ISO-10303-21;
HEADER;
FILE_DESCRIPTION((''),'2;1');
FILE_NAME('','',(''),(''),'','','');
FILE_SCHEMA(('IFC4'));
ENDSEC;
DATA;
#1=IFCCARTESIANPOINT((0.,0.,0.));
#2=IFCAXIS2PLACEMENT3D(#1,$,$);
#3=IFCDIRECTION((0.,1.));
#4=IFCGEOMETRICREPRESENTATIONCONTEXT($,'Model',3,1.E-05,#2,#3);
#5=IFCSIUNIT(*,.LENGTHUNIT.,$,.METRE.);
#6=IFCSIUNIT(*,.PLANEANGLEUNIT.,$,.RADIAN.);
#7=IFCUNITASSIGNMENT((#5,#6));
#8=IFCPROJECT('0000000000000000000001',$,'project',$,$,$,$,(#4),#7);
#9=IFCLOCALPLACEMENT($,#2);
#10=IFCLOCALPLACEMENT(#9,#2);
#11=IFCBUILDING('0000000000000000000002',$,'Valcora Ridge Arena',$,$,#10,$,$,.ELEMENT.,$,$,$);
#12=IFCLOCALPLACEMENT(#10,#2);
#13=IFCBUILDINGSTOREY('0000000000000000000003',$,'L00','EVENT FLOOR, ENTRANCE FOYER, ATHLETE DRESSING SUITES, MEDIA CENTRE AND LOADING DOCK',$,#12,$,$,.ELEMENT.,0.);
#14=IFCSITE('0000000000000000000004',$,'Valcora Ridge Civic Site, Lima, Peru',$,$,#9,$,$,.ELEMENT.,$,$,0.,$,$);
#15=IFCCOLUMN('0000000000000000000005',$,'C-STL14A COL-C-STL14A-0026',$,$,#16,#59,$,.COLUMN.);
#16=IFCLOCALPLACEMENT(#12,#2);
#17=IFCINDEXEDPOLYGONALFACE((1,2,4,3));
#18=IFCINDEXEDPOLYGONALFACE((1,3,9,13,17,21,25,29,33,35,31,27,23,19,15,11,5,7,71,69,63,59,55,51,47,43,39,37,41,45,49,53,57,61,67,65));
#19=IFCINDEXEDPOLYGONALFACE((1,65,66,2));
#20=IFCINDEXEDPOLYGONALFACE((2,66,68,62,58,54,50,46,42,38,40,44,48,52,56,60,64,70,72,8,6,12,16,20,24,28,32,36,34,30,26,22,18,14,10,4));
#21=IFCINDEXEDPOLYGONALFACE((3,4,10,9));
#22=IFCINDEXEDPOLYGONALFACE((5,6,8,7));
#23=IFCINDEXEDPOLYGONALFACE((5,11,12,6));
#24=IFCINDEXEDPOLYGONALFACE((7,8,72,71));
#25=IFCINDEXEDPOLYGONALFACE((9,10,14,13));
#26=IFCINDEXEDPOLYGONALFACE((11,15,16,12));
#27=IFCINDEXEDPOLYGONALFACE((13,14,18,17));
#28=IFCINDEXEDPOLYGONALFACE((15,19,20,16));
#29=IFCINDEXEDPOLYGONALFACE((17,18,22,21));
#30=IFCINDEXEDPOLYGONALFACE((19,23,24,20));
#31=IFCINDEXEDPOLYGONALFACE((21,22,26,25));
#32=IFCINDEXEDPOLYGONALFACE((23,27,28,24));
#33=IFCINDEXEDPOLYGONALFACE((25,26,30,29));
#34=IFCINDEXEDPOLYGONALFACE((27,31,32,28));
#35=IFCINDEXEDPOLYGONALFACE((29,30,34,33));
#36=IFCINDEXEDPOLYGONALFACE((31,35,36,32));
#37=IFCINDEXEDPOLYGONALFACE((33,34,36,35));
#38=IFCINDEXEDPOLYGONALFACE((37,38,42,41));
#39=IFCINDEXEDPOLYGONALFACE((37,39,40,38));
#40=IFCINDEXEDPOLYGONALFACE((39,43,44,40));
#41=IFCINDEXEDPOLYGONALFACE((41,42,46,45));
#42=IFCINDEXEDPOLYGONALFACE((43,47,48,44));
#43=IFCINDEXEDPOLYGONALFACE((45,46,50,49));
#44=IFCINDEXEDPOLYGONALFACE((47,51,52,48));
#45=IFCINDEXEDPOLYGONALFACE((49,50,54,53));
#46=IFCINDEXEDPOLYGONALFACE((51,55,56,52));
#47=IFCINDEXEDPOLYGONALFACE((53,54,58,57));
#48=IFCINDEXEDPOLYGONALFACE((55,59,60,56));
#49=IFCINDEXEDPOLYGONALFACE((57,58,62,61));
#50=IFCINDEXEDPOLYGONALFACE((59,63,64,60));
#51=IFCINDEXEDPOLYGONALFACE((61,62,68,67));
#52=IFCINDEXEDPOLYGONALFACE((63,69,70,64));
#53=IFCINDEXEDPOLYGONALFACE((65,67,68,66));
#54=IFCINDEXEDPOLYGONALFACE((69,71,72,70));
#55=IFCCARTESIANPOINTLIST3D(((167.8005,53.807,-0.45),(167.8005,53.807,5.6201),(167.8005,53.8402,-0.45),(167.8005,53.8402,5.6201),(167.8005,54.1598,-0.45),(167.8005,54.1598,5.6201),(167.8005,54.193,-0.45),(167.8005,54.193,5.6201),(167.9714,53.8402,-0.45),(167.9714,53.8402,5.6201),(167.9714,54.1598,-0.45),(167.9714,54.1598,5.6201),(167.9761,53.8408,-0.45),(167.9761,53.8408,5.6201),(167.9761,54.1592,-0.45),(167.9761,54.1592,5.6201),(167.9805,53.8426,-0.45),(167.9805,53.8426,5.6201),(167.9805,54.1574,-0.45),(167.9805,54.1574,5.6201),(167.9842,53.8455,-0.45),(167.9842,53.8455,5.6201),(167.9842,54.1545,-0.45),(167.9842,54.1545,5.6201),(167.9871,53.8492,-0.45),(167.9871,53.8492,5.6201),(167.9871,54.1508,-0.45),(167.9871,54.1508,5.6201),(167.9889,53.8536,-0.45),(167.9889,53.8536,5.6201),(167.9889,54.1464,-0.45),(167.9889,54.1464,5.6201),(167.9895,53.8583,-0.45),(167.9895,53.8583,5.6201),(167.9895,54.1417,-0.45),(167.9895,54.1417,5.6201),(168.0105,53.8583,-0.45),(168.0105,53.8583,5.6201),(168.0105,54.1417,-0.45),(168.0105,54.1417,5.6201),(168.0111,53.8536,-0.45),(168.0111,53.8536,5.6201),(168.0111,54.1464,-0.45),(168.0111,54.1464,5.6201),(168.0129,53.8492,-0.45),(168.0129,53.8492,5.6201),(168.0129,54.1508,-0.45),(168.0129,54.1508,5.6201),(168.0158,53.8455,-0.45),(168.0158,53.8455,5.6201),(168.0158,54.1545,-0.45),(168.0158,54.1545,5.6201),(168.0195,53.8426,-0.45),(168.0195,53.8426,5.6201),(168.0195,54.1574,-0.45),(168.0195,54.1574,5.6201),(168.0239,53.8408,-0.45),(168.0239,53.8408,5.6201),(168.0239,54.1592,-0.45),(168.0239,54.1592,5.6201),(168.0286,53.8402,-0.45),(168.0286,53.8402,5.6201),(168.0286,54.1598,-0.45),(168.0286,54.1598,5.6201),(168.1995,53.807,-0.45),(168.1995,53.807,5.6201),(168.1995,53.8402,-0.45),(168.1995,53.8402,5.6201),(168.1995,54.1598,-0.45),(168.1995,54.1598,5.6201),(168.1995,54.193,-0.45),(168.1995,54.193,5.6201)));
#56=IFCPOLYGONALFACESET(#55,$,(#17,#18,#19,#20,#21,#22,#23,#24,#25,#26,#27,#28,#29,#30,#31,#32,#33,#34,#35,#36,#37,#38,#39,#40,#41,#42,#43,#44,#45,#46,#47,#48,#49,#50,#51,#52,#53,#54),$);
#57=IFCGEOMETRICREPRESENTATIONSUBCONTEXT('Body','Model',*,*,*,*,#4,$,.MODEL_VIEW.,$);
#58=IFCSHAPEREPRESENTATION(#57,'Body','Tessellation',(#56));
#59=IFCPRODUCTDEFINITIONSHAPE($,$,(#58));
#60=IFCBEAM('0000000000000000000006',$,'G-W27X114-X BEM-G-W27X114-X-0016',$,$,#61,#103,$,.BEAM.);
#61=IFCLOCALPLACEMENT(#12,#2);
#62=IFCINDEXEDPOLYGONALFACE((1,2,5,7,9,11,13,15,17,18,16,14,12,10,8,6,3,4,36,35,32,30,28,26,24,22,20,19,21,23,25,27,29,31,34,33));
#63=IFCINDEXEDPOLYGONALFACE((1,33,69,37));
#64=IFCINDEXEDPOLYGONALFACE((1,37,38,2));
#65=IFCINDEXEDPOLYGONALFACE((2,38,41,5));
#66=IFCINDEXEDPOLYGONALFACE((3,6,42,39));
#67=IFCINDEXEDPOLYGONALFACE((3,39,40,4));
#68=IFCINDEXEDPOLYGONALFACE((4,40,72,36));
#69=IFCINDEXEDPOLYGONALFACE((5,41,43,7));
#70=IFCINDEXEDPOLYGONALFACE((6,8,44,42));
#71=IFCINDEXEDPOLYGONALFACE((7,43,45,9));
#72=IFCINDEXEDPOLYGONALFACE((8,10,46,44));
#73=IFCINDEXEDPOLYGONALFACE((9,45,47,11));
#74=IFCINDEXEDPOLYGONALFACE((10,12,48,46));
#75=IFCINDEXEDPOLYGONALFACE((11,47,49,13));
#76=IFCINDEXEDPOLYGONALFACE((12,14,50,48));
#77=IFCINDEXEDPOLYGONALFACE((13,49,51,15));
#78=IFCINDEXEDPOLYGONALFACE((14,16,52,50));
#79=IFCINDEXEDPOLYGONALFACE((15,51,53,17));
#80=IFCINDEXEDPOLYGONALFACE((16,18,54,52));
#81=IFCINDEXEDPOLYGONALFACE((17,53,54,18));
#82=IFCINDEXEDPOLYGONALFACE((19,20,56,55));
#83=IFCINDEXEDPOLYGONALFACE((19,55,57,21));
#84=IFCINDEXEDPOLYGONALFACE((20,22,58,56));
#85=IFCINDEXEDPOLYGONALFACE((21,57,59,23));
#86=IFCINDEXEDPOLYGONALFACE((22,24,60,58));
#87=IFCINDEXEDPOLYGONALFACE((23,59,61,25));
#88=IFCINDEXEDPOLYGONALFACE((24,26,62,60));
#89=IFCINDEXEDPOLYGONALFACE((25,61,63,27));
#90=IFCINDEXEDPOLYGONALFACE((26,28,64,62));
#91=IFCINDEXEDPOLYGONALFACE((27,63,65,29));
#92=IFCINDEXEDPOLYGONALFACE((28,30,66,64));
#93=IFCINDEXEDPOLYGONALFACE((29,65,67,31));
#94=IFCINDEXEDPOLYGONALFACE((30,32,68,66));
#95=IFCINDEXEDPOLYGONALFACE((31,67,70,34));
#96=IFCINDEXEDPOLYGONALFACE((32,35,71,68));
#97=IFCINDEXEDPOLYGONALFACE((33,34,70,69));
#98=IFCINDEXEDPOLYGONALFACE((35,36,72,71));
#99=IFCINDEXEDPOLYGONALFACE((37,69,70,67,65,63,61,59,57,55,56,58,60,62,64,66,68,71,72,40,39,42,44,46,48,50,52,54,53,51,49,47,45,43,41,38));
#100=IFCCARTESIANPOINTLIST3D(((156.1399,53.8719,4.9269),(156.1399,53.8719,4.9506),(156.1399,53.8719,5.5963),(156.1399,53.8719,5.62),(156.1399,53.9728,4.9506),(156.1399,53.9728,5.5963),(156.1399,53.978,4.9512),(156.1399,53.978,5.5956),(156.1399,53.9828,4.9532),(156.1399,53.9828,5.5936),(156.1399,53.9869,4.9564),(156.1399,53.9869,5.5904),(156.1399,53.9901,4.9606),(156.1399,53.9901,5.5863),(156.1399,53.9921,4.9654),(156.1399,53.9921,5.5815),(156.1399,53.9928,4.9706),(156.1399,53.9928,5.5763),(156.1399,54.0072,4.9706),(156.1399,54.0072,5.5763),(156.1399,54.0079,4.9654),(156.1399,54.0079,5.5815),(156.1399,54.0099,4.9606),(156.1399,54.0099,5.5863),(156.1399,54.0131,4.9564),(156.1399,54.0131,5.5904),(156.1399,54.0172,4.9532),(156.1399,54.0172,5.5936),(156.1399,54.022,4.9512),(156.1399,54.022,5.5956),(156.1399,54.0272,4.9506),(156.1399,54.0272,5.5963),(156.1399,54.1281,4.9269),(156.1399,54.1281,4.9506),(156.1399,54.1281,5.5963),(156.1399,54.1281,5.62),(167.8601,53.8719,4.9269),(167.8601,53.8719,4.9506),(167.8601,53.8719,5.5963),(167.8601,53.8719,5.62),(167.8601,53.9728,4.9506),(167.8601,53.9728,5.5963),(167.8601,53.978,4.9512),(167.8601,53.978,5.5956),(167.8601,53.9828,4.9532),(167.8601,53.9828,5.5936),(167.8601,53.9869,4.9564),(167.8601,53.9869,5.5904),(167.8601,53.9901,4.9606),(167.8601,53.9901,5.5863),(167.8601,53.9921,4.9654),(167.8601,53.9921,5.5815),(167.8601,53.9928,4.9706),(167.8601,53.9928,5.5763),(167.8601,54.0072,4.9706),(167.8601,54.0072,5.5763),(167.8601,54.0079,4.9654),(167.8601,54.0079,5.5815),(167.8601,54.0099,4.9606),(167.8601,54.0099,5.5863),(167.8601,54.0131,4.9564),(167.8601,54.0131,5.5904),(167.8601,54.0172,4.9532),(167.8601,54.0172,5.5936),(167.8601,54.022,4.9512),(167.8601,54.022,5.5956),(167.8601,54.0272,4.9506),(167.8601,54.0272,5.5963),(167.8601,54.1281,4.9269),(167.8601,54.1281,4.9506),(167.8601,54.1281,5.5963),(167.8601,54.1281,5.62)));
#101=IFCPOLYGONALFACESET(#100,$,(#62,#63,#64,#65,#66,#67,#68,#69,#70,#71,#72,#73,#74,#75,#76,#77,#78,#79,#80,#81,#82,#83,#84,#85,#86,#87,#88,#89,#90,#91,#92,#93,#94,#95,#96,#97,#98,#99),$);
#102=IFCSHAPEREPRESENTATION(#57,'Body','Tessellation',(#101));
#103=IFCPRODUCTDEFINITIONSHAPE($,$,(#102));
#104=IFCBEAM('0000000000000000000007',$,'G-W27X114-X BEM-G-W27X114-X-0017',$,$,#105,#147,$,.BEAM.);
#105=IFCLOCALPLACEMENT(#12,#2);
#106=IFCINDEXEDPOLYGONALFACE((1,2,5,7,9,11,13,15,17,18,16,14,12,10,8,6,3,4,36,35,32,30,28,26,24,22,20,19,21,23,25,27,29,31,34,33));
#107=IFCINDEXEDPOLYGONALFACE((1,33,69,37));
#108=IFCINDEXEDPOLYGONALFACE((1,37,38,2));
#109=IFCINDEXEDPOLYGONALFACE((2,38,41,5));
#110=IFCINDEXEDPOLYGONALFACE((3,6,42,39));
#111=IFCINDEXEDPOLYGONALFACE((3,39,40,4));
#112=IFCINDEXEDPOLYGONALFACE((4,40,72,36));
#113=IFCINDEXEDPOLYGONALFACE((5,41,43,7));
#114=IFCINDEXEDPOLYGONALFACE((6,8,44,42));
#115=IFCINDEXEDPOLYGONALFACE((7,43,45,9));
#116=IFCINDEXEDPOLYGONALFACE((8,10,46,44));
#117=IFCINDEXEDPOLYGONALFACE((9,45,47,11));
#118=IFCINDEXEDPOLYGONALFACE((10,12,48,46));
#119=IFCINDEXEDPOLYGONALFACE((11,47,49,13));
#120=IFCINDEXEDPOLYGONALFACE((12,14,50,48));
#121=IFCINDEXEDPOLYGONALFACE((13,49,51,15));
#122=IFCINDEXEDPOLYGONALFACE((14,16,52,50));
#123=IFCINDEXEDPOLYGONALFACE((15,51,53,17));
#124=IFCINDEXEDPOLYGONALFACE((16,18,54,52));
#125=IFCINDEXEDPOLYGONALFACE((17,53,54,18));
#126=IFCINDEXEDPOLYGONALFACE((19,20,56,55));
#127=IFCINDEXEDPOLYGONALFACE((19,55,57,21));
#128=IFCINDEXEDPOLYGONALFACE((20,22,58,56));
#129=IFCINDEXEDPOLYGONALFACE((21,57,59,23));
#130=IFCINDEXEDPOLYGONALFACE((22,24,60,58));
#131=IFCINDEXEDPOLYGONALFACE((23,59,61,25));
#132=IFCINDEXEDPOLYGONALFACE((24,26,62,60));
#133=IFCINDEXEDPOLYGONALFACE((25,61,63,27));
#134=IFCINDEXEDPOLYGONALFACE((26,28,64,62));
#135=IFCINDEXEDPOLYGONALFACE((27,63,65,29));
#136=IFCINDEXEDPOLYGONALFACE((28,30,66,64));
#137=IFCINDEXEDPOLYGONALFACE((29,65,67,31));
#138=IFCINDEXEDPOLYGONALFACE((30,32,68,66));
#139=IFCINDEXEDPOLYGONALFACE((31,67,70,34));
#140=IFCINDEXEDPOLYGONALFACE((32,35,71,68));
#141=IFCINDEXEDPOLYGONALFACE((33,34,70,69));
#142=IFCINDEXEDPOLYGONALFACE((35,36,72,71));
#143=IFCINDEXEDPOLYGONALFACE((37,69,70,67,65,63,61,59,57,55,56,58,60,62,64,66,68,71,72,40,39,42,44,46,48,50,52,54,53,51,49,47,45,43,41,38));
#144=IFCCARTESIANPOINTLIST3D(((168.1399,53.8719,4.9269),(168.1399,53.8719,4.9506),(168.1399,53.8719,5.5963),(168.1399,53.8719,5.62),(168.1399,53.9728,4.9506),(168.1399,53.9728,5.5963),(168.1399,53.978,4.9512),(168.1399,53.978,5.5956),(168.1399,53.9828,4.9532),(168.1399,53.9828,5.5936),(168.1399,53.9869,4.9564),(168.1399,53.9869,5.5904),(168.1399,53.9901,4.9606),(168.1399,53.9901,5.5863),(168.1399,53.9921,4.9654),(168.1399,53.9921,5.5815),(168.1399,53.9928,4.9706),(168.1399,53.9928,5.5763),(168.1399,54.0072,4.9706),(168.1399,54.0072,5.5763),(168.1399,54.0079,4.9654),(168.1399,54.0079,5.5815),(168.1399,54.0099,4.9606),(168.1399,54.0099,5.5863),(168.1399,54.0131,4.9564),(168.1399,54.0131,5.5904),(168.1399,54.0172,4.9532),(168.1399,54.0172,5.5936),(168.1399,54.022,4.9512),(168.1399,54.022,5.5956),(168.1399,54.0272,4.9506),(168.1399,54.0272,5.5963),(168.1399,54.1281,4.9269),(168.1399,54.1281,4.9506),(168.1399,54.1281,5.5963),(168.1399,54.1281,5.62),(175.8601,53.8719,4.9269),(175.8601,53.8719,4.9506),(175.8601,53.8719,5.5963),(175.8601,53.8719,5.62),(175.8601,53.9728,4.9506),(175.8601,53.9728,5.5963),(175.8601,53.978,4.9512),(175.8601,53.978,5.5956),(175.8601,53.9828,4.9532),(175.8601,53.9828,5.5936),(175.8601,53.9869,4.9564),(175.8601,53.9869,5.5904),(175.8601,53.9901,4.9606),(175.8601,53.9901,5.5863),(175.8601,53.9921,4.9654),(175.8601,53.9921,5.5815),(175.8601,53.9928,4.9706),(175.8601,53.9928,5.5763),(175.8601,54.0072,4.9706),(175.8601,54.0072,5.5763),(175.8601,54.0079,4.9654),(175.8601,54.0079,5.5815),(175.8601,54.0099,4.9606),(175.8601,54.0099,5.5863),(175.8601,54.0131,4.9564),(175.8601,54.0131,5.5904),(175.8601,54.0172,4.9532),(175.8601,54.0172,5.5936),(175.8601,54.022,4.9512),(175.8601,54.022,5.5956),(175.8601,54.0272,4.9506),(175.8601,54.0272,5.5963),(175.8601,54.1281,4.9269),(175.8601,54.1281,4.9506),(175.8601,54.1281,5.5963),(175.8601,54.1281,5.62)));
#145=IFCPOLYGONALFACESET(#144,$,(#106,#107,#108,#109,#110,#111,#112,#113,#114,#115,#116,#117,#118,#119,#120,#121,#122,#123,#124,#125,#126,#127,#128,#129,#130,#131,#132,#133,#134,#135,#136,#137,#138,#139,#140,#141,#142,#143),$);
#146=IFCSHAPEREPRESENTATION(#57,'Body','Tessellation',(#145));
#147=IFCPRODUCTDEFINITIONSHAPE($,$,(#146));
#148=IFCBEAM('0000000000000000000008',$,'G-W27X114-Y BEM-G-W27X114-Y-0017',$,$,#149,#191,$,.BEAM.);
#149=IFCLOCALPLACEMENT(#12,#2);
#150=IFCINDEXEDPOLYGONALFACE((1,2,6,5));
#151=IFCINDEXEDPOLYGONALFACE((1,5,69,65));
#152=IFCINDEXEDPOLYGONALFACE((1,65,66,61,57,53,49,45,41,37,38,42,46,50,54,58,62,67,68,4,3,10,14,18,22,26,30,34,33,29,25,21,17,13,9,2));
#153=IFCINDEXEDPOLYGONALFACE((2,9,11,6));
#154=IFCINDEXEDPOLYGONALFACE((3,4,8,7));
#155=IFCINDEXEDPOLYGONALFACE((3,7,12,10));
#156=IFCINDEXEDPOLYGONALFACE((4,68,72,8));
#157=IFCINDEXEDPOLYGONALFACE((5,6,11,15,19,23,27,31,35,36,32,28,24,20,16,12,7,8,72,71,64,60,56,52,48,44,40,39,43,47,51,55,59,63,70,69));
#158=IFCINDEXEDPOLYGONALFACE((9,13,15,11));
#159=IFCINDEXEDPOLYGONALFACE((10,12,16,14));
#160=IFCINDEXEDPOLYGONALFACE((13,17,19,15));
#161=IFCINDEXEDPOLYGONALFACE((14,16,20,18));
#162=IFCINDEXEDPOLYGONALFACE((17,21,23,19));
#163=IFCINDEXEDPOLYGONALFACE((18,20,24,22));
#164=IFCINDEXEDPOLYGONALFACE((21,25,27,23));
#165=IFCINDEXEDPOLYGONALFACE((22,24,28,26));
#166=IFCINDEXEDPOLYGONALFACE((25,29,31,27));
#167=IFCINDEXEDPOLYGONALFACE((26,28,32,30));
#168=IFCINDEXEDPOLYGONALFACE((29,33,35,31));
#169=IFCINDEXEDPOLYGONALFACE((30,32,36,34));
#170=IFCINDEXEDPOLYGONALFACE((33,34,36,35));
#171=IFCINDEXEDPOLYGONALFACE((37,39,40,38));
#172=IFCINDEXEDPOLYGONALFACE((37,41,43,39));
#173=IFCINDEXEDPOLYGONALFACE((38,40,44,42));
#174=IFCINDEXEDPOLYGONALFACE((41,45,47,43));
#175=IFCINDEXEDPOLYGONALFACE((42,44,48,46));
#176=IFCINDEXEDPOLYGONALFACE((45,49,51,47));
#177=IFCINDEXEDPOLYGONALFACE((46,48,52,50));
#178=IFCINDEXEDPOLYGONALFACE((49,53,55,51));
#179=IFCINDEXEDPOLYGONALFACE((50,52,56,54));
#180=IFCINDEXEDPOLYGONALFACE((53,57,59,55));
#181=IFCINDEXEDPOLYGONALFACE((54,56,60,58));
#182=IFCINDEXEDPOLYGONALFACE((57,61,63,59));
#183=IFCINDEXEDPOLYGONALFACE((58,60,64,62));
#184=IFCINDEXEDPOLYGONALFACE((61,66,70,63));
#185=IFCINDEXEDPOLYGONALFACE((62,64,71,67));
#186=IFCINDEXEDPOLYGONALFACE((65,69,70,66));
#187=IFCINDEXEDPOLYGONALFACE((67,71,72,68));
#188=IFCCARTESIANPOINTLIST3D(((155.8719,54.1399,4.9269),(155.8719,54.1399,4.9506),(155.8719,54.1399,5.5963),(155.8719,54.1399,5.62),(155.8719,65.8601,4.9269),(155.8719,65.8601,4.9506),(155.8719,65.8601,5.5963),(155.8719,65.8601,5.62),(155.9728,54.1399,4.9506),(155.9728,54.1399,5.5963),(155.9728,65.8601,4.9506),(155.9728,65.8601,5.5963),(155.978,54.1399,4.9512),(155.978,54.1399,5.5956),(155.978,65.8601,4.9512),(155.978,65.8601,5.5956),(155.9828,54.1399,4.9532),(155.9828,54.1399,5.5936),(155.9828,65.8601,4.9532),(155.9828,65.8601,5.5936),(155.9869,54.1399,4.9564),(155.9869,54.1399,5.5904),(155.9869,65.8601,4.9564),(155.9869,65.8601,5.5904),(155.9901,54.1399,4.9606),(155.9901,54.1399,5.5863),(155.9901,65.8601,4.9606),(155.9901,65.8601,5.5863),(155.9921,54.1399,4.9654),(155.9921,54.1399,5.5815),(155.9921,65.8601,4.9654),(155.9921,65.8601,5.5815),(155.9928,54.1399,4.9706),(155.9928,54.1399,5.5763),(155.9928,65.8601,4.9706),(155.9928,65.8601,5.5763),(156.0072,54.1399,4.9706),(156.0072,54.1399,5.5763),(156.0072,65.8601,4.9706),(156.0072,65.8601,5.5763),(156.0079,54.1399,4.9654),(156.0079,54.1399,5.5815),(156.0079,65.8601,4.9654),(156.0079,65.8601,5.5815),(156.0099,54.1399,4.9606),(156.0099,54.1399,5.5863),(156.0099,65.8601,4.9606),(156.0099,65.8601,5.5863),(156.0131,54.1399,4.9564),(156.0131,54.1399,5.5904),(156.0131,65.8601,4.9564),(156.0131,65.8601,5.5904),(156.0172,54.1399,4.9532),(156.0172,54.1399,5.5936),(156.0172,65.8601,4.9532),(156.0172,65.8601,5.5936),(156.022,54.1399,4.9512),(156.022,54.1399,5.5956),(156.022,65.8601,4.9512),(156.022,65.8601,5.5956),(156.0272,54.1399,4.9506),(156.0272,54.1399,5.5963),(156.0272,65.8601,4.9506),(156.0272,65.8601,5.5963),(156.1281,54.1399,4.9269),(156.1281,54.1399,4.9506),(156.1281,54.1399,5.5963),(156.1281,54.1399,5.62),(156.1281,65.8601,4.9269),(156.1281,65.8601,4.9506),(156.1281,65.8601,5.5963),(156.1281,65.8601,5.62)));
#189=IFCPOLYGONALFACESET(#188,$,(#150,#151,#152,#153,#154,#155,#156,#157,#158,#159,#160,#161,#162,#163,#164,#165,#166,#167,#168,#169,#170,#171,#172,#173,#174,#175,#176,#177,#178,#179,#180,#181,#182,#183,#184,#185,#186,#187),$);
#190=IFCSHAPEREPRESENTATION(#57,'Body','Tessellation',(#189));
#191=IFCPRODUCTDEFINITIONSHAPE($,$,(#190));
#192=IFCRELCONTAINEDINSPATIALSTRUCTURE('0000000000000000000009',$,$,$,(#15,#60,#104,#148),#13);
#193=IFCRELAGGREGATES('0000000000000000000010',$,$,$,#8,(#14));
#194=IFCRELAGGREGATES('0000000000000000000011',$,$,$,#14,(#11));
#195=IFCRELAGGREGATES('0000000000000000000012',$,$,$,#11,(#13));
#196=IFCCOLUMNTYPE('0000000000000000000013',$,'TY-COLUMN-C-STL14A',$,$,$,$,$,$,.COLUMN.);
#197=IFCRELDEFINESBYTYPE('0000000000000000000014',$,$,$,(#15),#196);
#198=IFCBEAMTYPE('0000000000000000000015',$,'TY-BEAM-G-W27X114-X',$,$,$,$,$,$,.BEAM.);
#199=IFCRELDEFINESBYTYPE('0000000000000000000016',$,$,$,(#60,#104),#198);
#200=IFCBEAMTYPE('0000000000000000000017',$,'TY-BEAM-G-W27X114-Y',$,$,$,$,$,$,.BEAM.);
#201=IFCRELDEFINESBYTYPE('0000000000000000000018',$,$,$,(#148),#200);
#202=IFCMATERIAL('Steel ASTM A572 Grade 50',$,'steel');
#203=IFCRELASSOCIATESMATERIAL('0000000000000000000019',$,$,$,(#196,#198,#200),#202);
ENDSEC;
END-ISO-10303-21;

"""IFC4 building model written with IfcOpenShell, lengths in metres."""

from ifc_helpers import new_model, si_unit, direction, frame, origin, origin_2d, place, context, subcontext, project, spatial, i_section, extrude, material, material_profile, profile_set, type_object, element, save


model = new_model("IFC4")

# Units and contexts
model_context = context("Model", 3, precision=1e-05, world=origin(), true_north=direction((0.0, 1.0)))
body_context = subcontext(model_context, "Body", "Model", "MODEL_VIEW")
ifc_project = project(units=[si_unit("LENGTHUNIT", "METRE"), si_unit("PLANEANGLEUNIT", "RADIAN")], contexts=[model_context])

# Site, building, storey
site_placement = place(None, origin())
site = spatial("IfcSite", under=ifc_project, at=site_placement, Name="Valcora Ridge Civic Site, Lima, Peru", CompositionType="ELEMENT", RefElevation=0.0)
building_placement = place(site_placement, origin())
building = spatial("IfcBuilding", under=site, at=building_placement, Name="Valcora Ridge Arena", CompositionType="ELEMENT")
storey_placement = place(building_placement, origin())
storey = spatial("IfcBuildingStorey", under=building, at=storey_placement, Name="L00", Description="EVENT FLOOR, ENTRANCE FOYER, ATHLETE DRESSING SUITES, MEDIA CENTRE AND LOADING DOCK", CompositionType="ELEMENT", Elevation=0.0)

# Column
ifc_material_1 = material(Name="Steel ASTM A572 Grade 50", Category="steel")
ifc_material_profile_1 = material_profile(ifc_material_1, i_section(OverallWidth=0.3989, OverallDepth=0.386, WebThickness=0.021, FlangeThickness=0.0332, FilletRadius=0.0181, at=origin_2d()), Name="W14X176")
ifc_profile_set_1 = profile_set([ifc_material_profile_1], Name="Steel ASTM A572 Grade 50")
column_type = type_object("IfcColumnType", Name="TY-COLUMN-C-STL14A", PredefinedType="COLUMN", material=ifc_profile_set_1)
for number, where, z_axis, x_axis, name in (
    (1, (168.0, 54.0, -0.45), (0.0, 0.0, 1.0), (1.0, 0.0, 0.0), "C-STL14A COL-C-STL14A-0026"),
):
    element("IfcColumn", number, at=place(storey_placement, frame(where, z_axis=z_axis, x_axis=x_axis)), inside=storey, type_object=column_type, Name=name, PredefinedType="COLUMN", context=body_context, shape_type="SweptSolid", body=[
        extrude(i_section(OverallWidth=0.3989, OverallDepth=0.386, WebThickness=0.021, FlangeThickness=0.0332, FilletRadius=0.0181, at=origin_2d()), origin(), (0.0, 0.0, 1.0), 6.0701),
    ])

# Beams
ifc_material_profile_2 = material_profile(ifc_material_1, i_section(OverallWidth=0.2561, OverallDepth=0.6931, WebThickness=0.0144, FlangeThickness=0.0237, FilletRadius=0.02, at=origin_2d()), Name="W27X114")
ifc_profile_set_2 = profile_set([ifc_material_profile_2], Name="Steel ASTM A572 Grade 50")
beam_type_1 = type_object("IfcBeamType", Name="TY-BEAM-G-W27X114-X", PredefinedType="BEAM", material=ifc_profile_set_2)
beam_1_placement = place(storey_placement, frame((156.1399, 54.0, 5.2734), z_axis=(1.0, 0.0, 0.0), x_axis=(0.0, 1.0, 0.0)))
element("IfcBeam", 2, at=beam_1_placement, inside=storey, type_object=beam_type_1, Name="G-W27X114-X BEM-G-W27X114-X-0016", PredefinedType="BEAM", context=body_context, shape_type="SweptSolid", body=[
    extrude(i_section(OverallWidth=0.2561, OverallDepth=0.6931, WebThickness=0.0144, FlangeThickness=0.0237, FilletRadius=0.02, at=origin_2d()), origin(), (0.0, 0.0, 1.0), 11.7202),
])
beam_2_placement = place(storey_placement, frame((168.1399, 54.0, 5.2734), z_axis=(1.0, 0.0, 0.0), x_axis=(0.0, 1.0, 0.0)))
element("IfcBeam", 3, at=beam_2_placement, inside=storey, type_object=beam_type_1, Name="G-W27X114-X BEM-G-W27X114-X-0017", PredefinedType="BEAM", context=body_context, shape_type="SweptSolid", body=[
    extrude(i_section(OverallWidth=0.2561, OverallDepth=0.6931, WebThickness=0.0144, FlangeThickness=0.0237, FilletRadius=0.02, at=origin_2d()), origin(), (0.0, 0.0, 1.0), 7.7202),
])
ifc_material_profile_3 = material_profile(ifc_material_1, i_section(OverallWidth=0.2561, OverallDepth=0.6931, WebThickness=0.0144, FlangeThickness=0.0237, FilletRadius=0.02, at=origin_2d()), Name="W27X114")
ifc_profile_set_3 = profile_set([ifc_material_profile_3], Name="Steel ASTM A572 Grade 50")
beam_type_2 = type_object("IfcBeamType", Name="TY-BEAM-G-W27X114-Y", PredefinedType="BEAM", material=ifc_profile_set_3)
for number, where, z_axis, x_axis, name in (
    (4, (156.0, 54.1399, 5.2734), (0.0, 1.0, 0.0), (-1.0, 0.0, 0.0), "G-W27X114-Y BEM-G-W27X114-Y-0017"),
):
    element("IfcBeam", number, at=place(storey_placement, frame(where, z_axis=z_axis, x_axis=x_axis)), inside=storey, type_object=beam_type_2, Name=name, PredefinedType="BEAM", context=body_context, shape_type="SweptSolid", body=[
        extrude(i_section(OverallWidth=0.2561, OverallDepth=0.6931, WebThickness=0.0144, FlangeThickness=0.0237, FilletRadius=0.02, at=origin_2d()), origin(), (0.0, 0.0, 1.0), 11.7202),
    ])

save(model, "model.ifc")
